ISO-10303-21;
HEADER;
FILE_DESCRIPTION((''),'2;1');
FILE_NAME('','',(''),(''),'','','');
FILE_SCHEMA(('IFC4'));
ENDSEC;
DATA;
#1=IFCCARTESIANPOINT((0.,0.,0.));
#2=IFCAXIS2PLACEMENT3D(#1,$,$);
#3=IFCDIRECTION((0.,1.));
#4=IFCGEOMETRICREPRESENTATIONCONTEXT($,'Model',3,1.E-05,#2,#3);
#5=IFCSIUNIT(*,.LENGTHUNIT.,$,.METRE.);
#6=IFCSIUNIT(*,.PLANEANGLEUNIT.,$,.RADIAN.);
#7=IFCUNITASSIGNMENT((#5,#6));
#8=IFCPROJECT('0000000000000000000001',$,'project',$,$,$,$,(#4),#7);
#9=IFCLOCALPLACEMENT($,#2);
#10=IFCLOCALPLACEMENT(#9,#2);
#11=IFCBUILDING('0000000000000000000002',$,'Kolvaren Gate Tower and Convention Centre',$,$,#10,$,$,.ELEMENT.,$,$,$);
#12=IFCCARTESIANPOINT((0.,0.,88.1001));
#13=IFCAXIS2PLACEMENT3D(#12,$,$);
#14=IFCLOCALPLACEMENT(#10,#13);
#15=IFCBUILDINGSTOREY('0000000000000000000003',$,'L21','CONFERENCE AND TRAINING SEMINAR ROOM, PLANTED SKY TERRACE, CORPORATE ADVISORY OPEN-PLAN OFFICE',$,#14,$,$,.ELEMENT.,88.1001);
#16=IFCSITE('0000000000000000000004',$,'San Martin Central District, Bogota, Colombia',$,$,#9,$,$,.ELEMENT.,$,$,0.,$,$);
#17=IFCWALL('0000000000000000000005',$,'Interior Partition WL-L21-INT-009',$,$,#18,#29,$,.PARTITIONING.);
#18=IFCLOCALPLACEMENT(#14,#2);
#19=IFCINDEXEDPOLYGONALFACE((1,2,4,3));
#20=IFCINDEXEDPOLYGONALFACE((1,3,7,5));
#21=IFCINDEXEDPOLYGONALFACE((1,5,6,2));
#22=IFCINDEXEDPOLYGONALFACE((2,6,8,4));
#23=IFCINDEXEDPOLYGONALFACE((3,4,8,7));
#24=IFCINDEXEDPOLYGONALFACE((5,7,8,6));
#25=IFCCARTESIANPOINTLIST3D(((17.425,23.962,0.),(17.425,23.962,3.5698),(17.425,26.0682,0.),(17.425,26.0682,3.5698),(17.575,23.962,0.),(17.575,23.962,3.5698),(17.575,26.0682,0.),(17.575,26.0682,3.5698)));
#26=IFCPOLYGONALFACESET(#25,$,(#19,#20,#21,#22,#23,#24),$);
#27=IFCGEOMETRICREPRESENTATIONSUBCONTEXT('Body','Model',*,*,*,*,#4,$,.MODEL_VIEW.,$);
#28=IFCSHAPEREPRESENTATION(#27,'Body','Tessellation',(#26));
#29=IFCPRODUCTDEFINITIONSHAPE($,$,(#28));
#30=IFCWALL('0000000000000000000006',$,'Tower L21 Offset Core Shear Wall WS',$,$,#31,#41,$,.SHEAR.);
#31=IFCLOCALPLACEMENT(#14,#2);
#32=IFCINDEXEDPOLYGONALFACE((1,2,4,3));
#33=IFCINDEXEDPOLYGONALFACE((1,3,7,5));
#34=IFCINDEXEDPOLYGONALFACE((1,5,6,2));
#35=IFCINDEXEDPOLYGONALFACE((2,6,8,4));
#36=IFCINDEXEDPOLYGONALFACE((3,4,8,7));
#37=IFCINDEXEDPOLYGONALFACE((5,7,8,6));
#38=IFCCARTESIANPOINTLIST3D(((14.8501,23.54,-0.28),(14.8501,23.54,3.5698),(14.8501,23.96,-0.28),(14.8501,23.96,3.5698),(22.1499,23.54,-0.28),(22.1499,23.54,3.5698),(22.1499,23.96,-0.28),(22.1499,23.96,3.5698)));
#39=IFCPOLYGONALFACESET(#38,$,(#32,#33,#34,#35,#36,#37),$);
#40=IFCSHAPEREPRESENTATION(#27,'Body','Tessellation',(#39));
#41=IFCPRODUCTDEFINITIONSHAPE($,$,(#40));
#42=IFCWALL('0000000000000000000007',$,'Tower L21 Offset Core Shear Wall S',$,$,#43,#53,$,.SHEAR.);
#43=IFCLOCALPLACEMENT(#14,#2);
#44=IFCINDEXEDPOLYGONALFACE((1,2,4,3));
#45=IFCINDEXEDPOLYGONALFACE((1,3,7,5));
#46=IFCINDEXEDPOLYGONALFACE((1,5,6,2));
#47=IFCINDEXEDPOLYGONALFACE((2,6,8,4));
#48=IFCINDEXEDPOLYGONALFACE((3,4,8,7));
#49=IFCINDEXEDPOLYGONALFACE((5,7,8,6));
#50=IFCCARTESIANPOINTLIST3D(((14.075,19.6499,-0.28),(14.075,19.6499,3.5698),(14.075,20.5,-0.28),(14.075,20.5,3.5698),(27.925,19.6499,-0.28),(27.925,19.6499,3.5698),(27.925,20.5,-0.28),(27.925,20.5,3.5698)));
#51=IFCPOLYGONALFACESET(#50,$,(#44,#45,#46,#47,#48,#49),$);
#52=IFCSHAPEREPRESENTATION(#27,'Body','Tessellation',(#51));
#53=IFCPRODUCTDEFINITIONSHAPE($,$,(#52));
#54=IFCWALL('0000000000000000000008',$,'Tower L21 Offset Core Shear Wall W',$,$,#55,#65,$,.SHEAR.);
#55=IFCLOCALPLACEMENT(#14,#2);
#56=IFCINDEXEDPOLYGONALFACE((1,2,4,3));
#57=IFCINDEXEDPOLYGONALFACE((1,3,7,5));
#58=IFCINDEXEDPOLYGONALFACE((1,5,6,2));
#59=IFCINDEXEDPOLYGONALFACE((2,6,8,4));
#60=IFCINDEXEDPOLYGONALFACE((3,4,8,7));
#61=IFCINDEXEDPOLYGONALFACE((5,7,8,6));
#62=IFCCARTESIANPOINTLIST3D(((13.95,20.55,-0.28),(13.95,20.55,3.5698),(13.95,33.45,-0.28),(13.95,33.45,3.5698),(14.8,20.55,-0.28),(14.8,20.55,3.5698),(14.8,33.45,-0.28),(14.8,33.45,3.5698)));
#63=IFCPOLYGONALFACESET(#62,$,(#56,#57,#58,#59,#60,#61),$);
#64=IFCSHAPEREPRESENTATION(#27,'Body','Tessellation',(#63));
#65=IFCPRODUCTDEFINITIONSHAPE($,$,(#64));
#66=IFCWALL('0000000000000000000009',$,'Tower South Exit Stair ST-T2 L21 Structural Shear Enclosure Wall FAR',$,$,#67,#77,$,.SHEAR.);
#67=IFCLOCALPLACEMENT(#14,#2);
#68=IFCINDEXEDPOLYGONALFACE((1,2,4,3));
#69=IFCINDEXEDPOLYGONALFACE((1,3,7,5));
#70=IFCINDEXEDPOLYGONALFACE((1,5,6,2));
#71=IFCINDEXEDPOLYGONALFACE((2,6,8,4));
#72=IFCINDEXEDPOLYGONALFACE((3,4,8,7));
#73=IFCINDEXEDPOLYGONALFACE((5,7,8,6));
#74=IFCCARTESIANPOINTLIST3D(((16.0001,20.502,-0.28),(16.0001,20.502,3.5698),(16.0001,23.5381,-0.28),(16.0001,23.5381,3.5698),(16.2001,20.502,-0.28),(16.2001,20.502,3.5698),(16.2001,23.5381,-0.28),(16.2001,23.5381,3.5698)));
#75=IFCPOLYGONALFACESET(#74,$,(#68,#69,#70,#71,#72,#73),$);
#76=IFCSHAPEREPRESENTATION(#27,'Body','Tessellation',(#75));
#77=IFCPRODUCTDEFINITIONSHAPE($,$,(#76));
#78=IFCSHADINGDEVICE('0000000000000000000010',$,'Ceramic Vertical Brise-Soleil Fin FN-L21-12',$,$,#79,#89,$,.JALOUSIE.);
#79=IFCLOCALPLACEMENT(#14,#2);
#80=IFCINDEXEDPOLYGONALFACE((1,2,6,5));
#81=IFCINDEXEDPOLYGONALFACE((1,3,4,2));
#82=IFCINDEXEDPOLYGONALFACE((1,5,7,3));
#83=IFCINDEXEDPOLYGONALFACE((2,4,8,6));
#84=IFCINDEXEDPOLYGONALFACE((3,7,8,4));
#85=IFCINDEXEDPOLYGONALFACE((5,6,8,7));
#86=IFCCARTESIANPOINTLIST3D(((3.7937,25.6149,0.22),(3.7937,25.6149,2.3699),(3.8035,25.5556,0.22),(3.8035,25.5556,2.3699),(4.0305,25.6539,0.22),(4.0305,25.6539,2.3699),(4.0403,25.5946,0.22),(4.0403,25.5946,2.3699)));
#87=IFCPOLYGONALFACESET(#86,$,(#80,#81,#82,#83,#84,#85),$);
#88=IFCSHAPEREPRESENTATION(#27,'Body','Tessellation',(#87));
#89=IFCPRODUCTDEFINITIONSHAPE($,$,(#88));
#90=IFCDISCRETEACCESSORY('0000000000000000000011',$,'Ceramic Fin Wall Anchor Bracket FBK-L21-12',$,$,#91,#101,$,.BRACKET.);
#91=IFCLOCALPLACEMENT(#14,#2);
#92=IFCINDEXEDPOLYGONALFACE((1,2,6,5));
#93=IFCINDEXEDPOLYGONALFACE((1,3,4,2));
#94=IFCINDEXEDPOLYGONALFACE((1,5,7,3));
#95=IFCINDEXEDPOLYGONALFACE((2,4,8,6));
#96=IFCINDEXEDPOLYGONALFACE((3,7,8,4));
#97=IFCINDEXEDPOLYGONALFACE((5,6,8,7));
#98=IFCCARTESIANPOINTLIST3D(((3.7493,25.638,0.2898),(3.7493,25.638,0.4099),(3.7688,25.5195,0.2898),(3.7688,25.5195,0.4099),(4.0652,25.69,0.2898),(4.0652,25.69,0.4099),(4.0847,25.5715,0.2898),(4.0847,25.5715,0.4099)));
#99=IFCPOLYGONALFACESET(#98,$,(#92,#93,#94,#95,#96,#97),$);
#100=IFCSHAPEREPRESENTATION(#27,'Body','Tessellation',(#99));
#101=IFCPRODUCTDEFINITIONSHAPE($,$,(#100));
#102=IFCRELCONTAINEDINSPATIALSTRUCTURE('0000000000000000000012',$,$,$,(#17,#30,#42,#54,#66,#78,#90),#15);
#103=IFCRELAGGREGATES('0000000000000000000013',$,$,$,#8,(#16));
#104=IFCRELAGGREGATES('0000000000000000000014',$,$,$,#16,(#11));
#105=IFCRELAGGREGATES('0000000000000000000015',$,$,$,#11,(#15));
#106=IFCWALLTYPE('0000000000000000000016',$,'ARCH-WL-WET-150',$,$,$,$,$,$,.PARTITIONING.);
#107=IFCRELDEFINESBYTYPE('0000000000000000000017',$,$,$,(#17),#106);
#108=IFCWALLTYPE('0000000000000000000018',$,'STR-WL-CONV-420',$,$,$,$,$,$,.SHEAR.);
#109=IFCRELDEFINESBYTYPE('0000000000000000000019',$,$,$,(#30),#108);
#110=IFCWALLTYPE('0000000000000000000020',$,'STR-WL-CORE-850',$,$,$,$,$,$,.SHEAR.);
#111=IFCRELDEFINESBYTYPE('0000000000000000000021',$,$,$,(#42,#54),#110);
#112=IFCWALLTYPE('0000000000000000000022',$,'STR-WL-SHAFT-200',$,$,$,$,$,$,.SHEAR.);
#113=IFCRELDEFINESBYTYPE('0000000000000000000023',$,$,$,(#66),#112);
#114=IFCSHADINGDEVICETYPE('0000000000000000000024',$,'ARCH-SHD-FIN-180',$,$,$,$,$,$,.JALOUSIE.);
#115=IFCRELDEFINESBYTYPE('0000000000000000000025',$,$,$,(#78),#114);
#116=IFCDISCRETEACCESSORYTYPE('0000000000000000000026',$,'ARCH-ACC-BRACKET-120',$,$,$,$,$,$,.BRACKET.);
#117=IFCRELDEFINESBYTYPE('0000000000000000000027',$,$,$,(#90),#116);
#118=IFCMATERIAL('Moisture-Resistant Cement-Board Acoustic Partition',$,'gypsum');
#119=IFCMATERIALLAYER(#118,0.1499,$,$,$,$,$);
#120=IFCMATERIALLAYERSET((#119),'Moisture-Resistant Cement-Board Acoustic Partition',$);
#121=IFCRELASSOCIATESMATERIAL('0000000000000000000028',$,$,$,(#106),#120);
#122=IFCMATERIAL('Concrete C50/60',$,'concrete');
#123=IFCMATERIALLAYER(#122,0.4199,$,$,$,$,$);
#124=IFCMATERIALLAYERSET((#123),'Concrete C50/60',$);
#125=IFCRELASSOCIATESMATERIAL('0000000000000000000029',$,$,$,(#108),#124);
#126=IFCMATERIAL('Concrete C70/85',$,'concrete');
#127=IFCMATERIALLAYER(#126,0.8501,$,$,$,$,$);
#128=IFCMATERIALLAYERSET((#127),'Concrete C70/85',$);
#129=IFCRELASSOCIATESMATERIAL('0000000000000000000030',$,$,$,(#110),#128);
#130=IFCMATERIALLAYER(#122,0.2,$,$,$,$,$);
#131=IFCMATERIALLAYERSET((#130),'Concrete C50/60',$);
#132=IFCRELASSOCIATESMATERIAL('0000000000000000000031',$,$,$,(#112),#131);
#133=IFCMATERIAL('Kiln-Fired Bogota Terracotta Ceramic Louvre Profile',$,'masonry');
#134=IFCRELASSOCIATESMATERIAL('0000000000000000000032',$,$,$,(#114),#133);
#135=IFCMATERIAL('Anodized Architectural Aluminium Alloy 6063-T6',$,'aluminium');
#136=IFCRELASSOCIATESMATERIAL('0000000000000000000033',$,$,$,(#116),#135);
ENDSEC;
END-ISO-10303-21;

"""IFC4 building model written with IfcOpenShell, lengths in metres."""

from ifc_helpers import new_model, si_unit, direction, frame, frame_2d, origin, origin_2d, place, context, subcontext, project, spatial, rectangle, extrude, material, layer, layer_set, type_object, element, save


model = new_model("IFC4")

# Units and contexts
model_context = context("Model", 3, precision=1e-05, world=origin(), true_north=direction((0.0, 1.0)))
body_context = subcontext(model_context, "Body", "Model", "MODEL_VIEW")
ifc_project = project(units=[si_unit("LENGTHUNIT", "METRE"), si_unit("PLANEANGLEUNIT", "RADIAN")], contexts=[model_context])

# Site, building, storey
site_placement = place(None, origin())
site = spatial("IfcSite", under=ifc_project, at=site_placement, Name="San Martin Central District, Bogota, Colombia", CompositionType="ELEMENT", RefElevation=0.0)
building_placement = place(site_placement, origin())
building = spatial("IfcBuilding", under=site, at=building_placement, Name="Kolvaren Gate Tower and Convention Centre", CompositionType="ELEMENT")
storey_placement = place(building_placement, frame((0.0, 0.0, 88.1001)))
storey = spatial("IfcBuildingStorey", under=building, at=storey_placement, Name="L21", Description="CONFERENCE AND TRAINING SEMINAR ROOM, PLANTED SKY TERRACE, CORPORATE ADVISORY OPEN-PLAN OFFICE", CompositionType="ELEMENT", Elevation=88.1001)

# Shared definitions
ifc_material_1 = material(Name="Concrete C70/85", Category="concrete")

# Walls
ifc_material_2 = material(Name="Moisture-Resistant Cement-Board Acoustic Partition", Category="gypsum")
ifc_layer_1 = layer(ifc_material_2, 0.1499)
ifc_layer_set_1 = layer_set([ifc_layer_1], Name="Moisture-Resistant Cement-Board Acoustic Partition")
wall_type_1 = type_object("IfcWallType", Name="ARCH-WL-WET-150", PredefinedType="PARTITIONING", material=ifc_layer_set_1)
for number, where, z_axis, x_axis, name in (
    (1, (17.5, 23.9619, 0.0), (0.0, 0.0, 1.0), (0.0, 1.0, 0.0), "Interior Partition WL-L21-INT-009"),
):
    element("IfcWall", number, at=place(storey_placement, frame(where, z_axis=z_axis, x_axis=x_axis)), inside=storey, type_object=wall_type_1, Name=name, PredefinedType="PARTITIONING", context=body_context, shape_type="SweptSolid", body=[
        extrude(rectangle(XDim=2.1062, YDim=0.1499, at=frame_2d((1.0532, 0.0))), origin(), (0.0, 0.0, 1.0), 3.5698),
    ])
ifc_material_3 = material(Name="Concrete C50/60", Category="concrete")
ifc_layer_2 = layer(ifc_material_3, 0.4199)
ifc_layer_set_2 = layer_set([ifc_layer_2], Name="Concrete C50/60")
wall_type_2 = type_object("IfcWallType", Name="STR-WL-CONV-420", PredefinedType="SHEAR", material=ifc_layer_set_2)
wall_1_placement = place(storey_placement, frame((14.8501, 23.75, -0.28), z_axis=(0.0, 0.0, 1.0), x_axis=(1.0, 0.0, 0.0)))
element("IfcWall", 2, at=wall_1_placement, inside=storey, type_object=wall_type_2, Name="Tower L21 Offset Core Shear Wall WS", PredefinedType="SHEAR", context=body_context, shape_type="SweptSolid", body=[
    extrude(rectangle(XDim=7.2998, YDim=0.4199, at=frame_2d((3.6499, 0.0))), origin(), (0.0, 0.0, 1.0), 3.8499),
])
ifc_layer_3 = layer(ifc_material_1, 0.8501)
ifc_layer_set_3 = layer_set([ifc_layer_3], Name="Concrete C70/85")
wall_type_3 = type_object("IfcWallType", Name="STR-WL-CORE-850", PredefinedType="SHEAR", material=ifc_layer_set_3)
wall_2_placement = place(storey_placement, frame((14.075, 20.075, -0.28), z_axis=(0.0, 0.0, 1.0), x_axis=(1.0, 0.0, 0.0)))
element("IfcWall", 3, at=wall_2_placement, inside=storey, type_object=wall_type_3, Name="Tower L21 Offset Core Shear Wall S", PredefinedType="SHEAR", context=body_context, shape_type="SweptSolid", body=[
    extrude(rectangle(XDim=13.8501, YDim=0.8501, at=frame_2d((6.925, 0.0))), origin(), (0.0, 0.0, 1.0), 3.8499),
])
wall_3_placement = place(storey_placement, frame((14.375, 20.55, -0.28), z_axis=(0.0, 0.0, 1.0), x_axis=(0.0, 1.0, 0.0)))
element("IfcWall", 4, at=wall_3_placement, inside=storey, type_object=wall_type_3, Name="Tower L21 Offset Core Shear Wall W", PredefinedType="SHEAR", context=body_context, shape_type="SweptSolid", body=[
    extrude(rectangle(XDim=12.8999, YDim=0.8501, at=frame_2d((6.45, 0.0))), origin(), (0.0, 0.0, 1.0), 3.8499),
])
ifc_layer_4 = layer(ifc_material_3, 0.2)
ifc_layer_set_4 = layer_set([ifc_layer_4], Name="Concrete C50/60")
wall_type_4 = type_object("IfcWallType", Name="STR-WL-SHAFT-200", PredefinedType="SHEAR", material=ifc_layer_set_4)
wall_4_placement = place(storey_placement, frame((16.1001, 20.502, -0.28), z_axis=(0.0, 0.0, 1.0), x_axis=(0.0, 1.0, 0.0)))
element("IfcWall", 5, at=wall_4_placement, inside=storey, type_object=wall_type_4, Name="Tower South Exit Stair ST-T2 L21 Structural Shear Enclosure Wall FAR", PredefinedType="SHEAR", context=body_context, shape_type="SweptSolid", body=[
    extrude(rectangle(XDim=3.0361, YDim=0.2, at=frame_2d((1.5181, 0.0))), origin(), (0.0, 0.0, 1.0), 3.8499),
])

# Shading device
ifc_material_4 = material(Name="Kiln-Fired Bogota Terracotta Ceramic Louvre Profile", Category="masonry")
shading_device_type = type_object("IfcShadingDeviceType", Name="ARCH-SHD-FIN-180", PredefinedType="JALOUSIE", material=ifc_material_4)
shading_device_placement = place(storey_placement, frame((3.917, 25.6047, 0.22), z_axis=(0.0, 0.0, 1.0), x_axis=(0.162375, -0.986729, 0.0)))
element("IfcShadingDevice", 6, at=shading_device_placement, inside=storey, type_object=shading_device_type, Name="Ceramic Vertical Brise-Soleil Fin FN-L21-12", PredefinedType="JALOUSIE", context=body_context, shape_type="SweptSolid", body=[
    extrude(rectangle(XDim=0.0601, YDim=0.24, at=origin_2d()), origin(), (0.0, 0.0, 1.0), 2.1499),
])

# Discrete accessory
ifc_material_5 = material(Name="Anodized Architectural Aluminium Alloy 6063-T6", Category="aluminium")
discrete_accessory_type = type_object("IfcDiscreteAccessoryType", Name="ARCH-ACC-BRACKET-120", PredefinedType="BRACKET", material=ifc_material_5)
discrete_accessory_placement = place(storey_placement, frame((3.917, 25.6047, 0.2898), z_axis=(0.0, 0.0, 1.0), x_axis=(0.162375, -0.986729, 0.0)))
element("IfcDiscreteAccessory", 7, at=discrete_accessory_placement, inside=storey, type_object=discrete_accessory_type, Name="Ceramic Fin Wall Anchor Bracket FBK-L21-12", PredefinedType="BRACKET", context=body_context, shape_type="SweptSolid", body=[
    extrude(rectangle(XDim=0.1201, YDim=0.3201, at=origin_2d()), origin(), (0.0, 0.0, 1.0), 0.1201),
])

save(model, "model.ifc")
